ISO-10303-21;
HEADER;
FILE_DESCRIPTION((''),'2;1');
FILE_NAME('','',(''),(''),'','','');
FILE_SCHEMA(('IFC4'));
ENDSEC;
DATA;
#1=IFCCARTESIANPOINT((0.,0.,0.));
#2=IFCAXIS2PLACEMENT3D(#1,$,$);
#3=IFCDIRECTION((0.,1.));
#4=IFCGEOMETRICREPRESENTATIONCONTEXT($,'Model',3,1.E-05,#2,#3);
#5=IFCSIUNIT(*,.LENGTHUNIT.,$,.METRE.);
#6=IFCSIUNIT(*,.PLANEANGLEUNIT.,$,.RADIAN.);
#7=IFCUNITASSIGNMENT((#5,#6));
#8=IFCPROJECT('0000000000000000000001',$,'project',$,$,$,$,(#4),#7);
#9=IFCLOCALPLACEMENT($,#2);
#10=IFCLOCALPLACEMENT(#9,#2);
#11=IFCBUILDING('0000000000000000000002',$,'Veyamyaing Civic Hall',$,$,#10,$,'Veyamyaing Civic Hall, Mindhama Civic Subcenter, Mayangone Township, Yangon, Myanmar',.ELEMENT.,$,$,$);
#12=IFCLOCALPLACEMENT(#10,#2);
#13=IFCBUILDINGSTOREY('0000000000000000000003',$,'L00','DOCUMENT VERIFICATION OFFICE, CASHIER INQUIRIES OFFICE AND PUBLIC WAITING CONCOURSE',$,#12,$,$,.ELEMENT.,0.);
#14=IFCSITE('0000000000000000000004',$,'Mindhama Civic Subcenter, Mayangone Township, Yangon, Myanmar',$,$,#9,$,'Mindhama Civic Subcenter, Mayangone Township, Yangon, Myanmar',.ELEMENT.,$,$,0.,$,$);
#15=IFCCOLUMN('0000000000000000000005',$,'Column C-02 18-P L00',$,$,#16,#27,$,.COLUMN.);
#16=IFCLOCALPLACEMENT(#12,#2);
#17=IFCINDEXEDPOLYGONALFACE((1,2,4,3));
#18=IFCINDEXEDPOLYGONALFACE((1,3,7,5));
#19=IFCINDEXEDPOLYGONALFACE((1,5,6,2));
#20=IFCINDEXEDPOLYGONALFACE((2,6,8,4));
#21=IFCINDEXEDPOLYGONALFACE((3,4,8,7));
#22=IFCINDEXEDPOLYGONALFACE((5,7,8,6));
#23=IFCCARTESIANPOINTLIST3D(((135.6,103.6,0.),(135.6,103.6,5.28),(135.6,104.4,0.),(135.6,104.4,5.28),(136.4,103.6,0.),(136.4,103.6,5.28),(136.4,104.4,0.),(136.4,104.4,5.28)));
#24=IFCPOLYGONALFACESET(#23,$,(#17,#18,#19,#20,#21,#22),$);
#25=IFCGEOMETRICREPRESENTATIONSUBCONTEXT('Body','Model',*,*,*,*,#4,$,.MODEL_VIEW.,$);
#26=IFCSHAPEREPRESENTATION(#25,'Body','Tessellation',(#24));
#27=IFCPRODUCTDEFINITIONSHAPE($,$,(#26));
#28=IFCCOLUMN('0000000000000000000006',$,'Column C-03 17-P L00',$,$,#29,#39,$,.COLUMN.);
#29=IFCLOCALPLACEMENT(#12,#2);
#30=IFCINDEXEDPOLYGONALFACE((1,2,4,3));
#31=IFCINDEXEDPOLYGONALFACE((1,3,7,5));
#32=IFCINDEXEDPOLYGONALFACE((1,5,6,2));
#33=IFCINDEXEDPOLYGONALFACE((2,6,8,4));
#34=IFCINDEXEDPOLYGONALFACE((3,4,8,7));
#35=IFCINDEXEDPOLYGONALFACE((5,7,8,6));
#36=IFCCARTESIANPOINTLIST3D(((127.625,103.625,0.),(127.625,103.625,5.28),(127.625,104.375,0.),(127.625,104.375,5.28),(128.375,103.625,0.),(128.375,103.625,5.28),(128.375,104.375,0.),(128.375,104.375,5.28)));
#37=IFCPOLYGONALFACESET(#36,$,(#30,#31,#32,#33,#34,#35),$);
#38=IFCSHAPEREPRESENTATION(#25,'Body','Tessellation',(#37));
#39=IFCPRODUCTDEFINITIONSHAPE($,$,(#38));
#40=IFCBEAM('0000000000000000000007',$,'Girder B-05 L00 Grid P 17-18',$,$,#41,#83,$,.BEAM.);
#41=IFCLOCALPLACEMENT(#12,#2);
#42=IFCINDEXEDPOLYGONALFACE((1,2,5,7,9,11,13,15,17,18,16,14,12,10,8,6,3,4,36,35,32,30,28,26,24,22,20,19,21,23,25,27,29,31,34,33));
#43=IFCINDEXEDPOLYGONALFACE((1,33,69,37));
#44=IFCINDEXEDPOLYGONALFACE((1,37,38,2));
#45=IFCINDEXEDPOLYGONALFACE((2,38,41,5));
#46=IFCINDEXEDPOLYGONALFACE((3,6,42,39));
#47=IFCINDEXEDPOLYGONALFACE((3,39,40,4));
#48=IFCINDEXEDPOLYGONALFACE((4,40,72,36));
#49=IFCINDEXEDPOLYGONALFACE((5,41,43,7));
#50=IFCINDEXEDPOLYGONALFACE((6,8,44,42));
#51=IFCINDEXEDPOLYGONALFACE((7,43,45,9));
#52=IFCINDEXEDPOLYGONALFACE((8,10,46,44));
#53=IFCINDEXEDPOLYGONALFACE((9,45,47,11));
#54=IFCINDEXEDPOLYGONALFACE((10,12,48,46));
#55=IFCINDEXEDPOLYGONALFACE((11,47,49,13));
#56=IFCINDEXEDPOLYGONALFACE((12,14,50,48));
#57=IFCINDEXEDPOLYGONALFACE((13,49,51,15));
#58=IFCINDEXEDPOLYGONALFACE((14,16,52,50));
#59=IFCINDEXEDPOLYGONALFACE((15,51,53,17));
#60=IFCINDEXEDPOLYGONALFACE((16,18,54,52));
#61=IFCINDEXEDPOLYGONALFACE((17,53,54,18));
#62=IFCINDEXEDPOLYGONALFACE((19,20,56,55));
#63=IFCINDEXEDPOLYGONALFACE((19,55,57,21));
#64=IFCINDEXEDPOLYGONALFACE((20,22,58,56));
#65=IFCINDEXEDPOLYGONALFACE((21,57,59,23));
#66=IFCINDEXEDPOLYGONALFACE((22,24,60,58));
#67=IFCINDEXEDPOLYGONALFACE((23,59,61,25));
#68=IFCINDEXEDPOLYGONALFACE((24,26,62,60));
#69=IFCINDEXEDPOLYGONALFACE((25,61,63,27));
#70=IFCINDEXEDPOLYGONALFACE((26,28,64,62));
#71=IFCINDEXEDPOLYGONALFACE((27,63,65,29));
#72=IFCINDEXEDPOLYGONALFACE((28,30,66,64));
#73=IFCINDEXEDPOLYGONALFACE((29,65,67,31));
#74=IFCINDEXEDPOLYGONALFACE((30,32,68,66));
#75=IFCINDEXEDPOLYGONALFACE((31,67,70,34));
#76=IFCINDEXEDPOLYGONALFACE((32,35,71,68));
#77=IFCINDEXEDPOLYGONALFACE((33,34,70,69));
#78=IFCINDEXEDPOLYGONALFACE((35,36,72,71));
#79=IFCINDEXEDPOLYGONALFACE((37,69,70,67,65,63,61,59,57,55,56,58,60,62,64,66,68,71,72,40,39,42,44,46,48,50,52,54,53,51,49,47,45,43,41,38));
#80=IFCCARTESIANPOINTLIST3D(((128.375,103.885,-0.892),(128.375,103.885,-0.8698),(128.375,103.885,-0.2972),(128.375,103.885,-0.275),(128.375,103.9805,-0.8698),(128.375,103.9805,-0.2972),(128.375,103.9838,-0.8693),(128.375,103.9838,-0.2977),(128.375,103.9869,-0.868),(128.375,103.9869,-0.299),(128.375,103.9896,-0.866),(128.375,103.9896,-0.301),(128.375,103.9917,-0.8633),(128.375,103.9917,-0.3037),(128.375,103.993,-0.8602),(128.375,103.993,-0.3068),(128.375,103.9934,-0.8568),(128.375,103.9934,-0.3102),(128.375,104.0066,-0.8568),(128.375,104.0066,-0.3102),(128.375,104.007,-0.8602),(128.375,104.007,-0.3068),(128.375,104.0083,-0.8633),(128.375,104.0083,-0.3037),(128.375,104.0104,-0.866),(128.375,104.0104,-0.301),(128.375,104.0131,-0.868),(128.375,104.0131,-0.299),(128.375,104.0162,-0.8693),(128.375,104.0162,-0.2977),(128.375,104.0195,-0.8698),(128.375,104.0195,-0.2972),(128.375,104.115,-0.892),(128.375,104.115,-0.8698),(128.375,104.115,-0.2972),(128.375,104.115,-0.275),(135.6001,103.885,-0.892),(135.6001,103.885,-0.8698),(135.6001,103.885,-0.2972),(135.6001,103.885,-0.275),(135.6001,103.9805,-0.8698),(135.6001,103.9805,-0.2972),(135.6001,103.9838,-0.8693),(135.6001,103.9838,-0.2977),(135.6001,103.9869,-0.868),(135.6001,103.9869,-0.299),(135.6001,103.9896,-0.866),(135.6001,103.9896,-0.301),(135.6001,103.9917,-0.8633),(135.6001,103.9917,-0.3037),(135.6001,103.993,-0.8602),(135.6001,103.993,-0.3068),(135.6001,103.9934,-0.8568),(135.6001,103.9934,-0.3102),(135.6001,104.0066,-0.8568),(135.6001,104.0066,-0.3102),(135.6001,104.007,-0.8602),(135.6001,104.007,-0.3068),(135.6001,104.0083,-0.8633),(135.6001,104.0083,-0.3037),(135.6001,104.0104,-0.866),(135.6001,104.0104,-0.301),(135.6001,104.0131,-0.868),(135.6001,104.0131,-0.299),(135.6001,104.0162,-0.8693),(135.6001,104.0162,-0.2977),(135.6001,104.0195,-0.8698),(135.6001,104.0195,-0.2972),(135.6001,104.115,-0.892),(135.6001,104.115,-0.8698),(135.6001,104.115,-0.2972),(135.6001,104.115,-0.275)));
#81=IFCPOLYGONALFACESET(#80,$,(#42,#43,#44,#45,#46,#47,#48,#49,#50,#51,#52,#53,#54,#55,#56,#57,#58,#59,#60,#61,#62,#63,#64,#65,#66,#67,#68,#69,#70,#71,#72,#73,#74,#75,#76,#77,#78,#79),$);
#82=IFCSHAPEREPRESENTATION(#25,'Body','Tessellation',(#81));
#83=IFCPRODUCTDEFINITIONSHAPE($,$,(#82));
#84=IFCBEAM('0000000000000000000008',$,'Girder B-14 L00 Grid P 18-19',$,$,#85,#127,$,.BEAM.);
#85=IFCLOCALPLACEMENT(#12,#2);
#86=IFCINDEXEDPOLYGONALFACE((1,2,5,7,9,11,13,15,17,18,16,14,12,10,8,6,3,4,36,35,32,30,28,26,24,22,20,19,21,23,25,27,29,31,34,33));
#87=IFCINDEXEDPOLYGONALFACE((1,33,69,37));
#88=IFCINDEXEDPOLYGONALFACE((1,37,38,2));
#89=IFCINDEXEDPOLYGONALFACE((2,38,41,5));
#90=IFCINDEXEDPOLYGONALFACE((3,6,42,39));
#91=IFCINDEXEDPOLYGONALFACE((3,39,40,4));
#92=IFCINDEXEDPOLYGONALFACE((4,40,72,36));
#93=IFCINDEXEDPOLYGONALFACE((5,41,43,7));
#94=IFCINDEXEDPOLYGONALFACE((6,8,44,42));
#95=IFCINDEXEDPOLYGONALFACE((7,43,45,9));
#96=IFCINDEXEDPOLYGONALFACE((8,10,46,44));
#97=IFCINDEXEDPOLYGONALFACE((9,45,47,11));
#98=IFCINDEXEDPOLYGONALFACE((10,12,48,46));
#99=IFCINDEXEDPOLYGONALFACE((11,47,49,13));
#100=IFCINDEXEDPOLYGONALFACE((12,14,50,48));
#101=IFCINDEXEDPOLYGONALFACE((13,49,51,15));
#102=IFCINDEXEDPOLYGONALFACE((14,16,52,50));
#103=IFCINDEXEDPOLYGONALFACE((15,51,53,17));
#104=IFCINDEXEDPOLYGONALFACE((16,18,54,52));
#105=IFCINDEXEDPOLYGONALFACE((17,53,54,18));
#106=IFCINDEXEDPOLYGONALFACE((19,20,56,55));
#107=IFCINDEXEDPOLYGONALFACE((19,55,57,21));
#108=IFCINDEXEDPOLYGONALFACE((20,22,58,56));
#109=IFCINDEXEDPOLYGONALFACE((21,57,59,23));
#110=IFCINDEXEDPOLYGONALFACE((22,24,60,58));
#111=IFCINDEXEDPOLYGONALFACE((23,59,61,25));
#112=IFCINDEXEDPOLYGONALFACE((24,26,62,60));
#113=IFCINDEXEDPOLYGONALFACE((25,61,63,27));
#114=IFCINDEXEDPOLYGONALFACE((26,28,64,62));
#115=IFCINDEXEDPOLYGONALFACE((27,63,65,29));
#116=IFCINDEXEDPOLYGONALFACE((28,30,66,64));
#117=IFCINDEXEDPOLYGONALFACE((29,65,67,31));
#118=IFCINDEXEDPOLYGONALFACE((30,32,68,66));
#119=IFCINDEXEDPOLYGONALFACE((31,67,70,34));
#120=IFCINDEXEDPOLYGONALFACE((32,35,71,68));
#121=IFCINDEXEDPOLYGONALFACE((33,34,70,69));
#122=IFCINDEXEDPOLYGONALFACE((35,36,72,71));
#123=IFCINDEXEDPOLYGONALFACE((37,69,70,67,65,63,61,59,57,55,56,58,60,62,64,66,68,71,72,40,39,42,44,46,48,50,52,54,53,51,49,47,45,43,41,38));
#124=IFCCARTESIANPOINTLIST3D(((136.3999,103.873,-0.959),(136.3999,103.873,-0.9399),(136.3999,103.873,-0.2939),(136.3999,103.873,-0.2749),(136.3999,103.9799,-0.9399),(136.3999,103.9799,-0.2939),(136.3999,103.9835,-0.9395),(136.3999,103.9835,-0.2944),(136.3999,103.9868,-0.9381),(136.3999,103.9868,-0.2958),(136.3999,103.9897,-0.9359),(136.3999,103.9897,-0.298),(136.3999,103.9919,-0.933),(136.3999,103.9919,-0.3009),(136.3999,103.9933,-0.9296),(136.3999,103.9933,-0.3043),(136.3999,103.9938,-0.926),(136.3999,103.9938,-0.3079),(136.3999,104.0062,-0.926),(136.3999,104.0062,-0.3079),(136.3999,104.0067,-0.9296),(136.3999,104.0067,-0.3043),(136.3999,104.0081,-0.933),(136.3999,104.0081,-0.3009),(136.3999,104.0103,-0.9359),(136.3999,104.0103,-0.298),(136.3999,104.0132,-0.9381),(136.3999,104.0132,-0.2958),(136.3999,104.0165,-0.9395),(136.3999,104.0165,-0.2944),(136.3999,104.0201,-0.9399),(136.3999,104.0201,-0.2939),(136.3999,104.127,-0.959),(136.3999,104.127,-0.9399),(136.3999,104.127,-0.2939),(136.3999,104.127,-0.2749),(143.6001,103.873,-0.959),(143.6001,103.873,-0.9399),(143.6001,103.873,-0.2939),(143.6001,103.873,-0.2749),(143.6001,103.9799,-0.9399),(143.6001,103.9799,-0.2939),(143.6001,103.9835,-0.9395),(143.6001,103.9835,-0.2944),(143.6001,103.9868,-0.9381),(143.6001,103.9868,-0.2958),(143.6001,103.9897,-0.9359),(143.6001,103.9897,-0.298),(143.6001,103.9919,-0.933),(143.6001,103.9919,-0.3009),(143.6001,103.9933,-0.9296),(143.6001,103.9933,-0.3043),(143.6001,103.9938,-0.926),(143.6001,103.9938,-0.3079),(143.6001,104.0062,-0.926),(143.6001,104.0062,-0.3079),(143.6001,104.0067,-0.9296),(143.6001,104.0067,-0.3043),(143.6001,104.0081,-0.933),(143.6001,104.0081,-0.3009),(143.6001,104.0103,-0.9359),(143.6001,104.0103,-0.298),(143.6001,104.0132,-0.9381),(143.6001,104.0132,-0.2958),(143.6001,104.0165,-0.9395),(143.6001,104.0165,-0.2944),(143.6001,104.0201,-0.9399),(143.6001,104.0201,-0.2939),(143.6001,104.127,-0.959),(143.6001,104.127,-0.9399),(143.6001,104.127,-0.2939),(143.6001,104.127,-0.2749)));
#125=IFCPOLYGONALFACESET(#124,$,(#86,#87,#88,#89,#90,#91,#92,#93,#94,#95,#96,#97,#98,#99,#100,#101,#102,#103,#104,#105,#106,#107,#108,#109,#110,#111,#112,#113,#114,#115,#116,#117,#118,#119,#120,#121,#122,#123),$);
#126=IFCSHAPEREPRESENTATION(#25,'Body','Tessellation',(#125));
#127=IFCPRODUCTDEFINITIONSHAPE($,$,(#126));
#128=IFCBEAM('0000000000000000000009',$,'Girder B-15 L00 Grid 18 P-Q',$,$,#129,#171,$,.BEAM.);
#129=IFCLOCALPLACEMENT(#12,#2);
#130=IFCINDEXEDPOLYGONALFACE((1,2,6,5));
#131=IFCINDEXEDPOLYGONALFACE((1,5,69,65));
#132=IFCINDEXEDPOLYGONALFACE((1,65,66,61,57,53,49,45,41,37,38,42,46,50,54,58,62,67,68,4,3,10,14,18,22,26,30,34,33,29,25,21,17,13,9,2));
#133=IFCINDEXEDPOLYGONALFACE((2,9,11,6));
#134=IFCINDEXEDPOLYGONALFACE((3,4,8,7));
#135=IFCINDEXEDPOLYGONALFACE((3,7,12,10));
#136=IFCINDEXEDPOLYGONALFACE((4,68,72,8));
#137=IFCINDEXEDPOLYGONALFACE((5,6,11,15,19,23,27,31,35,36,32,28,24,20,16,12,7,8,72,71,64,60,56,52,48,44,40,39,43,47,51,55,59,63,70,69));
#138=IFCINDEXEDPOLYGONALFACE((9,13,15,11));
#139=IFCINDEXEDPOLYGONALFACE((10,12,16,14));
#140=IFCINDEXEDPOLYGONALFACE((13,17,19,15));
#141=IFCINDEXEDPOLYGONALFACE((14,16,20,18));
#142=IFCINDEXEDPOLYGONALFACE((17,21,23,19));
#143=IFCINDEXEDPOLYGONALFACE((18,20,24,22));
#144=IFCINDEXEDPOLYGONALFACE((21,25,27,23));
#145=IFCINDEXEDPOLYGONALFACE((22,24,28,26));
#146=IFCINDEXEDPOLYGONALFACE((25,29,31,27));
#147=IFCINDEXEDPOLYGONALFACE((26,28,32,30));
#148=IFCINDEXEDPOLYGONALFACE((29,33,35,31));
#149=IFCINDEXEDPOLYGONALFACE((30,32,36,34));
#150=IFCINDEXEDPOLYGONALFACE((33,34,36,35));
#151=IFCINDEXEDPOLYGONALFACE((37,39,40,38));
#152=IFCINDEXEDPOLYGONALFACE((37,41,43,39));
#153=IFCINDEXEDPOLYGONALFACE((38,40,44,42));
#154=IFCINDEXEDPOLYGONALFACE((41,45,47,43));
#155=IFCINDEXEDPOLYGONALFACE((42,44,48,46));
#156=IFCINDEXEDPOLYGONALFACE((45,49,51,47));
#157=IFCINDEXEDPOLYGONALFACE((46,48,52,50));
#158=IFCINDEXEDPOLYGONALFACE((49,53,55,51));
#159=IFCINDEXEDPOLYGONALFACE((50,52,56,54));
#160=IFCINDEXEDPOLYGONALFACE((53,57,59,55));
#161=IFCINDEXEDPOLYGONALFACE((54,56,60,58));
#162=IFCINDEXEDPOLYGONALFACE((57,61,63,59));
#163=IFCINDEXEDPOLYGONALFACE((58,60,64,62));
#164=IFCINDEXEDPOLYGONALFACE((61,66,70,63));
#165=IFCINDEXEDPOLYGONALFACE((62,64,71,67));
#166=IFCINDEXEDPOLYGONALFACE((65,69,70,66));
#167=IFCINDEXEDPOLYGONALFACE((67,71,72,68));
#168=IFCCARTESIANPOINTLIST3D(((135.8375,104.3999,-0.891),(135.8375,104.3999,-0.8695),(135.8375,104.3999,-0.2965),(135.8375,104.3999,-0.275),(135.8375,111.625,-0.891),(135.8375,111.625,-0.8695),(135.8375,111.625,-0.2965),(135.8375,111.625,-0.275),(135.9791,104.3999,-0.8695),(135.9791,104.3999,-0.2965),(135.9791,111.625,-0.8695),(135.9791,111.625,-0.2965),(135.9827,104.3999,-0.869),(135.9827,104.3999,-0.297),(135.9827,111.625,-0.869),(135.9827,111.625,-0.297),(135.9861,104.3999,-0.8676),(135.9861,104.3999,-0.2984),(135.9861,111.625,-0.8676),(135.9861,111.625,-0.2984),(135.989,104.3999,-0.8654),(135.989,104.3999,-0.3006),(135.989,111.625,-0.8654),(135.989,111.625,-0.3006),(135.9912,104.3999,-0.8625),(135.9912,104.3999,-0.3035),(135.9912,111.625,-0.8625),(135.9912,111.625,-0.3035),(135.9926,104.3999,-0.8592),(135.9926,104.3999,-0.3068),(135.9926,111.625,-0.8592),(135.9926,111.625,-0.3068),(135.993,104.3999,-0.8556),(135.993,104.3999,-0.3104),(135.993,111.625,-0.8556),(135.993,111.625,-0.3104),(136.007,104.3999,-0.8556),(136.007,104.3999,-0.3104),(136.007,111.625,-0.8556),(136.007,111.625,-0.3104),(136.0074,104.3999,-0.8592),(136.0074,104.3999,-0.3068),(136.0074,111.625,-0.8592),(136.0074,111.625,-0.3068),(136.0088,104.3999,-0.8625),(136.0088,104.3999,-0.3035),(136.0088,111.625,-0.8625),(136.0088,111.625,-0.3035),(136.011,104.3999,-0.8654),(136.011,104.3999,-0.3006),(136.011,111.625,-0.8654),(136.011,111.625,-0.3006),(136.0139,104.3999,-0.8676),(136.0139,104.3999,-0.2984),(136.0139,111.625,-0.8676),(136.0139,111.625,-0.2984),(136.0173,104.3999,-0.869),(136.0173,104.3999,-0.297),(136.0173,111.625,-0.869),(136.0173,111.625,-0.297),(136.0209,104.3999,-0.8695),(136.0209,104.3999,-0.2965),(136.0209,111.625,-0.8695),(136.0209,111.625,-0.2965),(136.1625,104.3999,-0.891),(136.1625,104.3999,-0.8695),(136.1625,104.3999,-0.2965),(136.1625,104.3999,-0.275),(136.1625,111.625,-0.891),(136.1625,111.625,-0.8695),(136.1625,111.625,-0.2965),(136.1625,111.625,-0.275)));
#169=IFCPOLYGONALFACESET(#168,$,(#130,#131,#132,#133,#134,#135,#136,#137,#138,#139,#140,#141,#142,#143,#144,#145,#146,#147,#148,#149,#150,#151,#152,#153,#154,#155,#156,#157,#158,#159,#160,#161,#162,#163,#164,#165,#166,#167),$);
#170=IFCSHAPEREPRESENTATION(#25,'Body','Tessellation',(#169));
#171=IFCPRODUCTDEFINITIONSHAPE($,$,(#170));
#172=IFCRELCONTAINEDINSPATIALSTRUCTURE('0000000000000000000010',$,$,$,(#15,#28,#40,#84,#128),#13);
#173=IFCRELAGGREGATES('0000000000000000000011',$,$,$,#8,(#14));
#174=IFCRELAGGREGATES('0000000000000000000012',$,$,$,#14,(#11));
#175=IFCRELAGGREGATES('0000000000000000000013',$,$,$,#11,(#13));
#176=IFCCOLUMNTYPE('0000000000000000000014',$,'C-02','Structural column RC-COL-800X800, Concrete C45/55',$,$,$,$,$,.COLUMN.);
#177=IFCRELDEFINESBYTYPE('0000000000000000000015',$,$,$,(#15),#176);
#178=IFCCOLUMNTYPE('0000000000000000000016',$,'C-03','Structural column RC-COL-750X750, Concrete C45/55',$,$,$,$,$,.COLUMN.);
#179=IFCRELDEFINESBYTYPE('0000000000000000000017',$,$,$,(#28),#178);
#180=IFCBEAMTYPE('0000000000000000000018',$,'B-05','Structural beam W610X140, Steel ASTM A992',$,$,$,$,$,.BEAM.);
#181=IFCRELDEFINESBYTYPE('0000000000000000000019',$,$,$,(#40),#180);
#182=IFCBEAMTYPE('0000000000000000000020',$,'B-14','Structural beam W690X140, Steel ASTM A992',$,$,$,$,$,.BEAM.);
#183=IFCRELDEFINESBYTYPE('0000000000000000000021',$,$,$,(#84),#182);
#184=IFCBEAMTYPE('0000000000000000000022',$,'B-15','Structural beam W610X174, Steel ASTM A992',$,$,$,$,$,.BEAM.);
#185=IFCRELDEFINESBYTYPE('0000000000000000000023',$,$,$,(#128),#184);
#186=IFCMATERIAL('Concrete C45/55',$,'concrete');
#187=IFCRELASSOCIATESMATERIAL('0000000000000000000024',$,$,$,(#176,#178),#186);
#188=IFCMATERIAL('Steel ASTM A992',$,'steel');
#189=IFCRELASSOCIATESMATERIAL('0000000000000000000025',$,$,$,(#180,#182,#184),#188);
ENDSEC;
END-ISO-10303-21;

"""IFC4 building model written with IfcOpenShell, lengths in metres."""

from ifc_helpers import new_model, si_unit, direction, frame, origin, origin_2d, place, context, subcontext, project, spatial, rectangle, i_section, extrude, material, material_profile, profile_set, type_object, element, save


model = new_model("IFC4")

# Units and contexts
model_context = context("Model", 3, precision=1e-05, world=origin(), true_north=direction((0.0, 1.0)))
body_context = subcontext(model_context, "Body", "Model", "MODEL_VIEW")
ifc_project = project(units=[si_unit("LENGTHUNIT", "METRE"), si_unit("PLANEANGLEUNIT", "RADIAN")], contexts=[model_context])

# Site, building, storey
site_placement = place(None, origin())
site = spatial("IfcSite", under=ifc_project, at=site_placement, Name="Mindhama Civic Subcenter, Mayangone Township, Yangon, Myanmar", LongName="Mindhama Civic Subcenter, Mayangone Township, Yangon, Myanmar", CompositionType="ELEMENT", RefElevation=0.0)
building_placement = place(site_placement, origin())
building = spatial("IfcBuilding", under=site, at=building_placement, Name="Veyamyaing Civic Hall", LongName="Veyamyaing Civic Hall, Mindhama Civic Subcenter, Mayangone Township, Yangon, Myanmar", CompositionType="ELEMENT")
storey_placement = place(building_placement, origin())
storey = spatial("IfcBuildingStorey", under=building, at=storey_placement, Name="L00", Description="DOCUMENT VERIFICATION OFFICE, CASHIER INQUIRIES OFFICE AND PUBLIC WAITING CONCOURSE", CompositionType="ELEMENT", Elevation=0.0)

# Columns
ifc_material_1 = material(Name="Concrete C45/55", Category="concrete")
ifc_material_profile_1 = material_profile(ifc_material_1, rectangle(XDim=0.8, YDim=0.8, at=origin_2d()), Name="RC-COL-800X800")
ifc_profile_set_1 = profile_set([ifc_material_profile_1], Name="Concrete C45/55")
column_type_1 = type_object("IfcColumnType", Name="C-02", Description="Structural column RC-COL-800X800, Concrete C45/55", PredefinedType="COLUMN", material=ifc_profile_set_1)
column_1_placement = place(storey_placement, frame((136.0, 104.0, 0.0), z_axis=(0.0, 0.0, 1.0), x_axis=(1.0, 0.0, 0.0)))
element("IfcColumn", 1, at=column_1_placement, inside=storey, type_object=column_type_1, Name="Column C-02 18-P L00", PredefinedType="COLUMN", context=body_context, shape_type="SweptSolid", body=[
    extrude(rectangle(XDim=0.8, YDim=0.8, at=origin_2d()), origin(), (0.0, 0.0, 1.0), 5.28),
])
ifc_material_profile_2 = material_profile(ifc_material_1, rectangle(XDim=0.75, YDim=0.75, at=origin_2d()), Name="RC-COL-750X750")
ifc_profile_set_2 = profile_set([ifc_material_profile_2], Name="Concrete C45/55")
column_type_2 = type_object("IfcColumnType", Name="C-03", Description="Structural column RC-COL-750X750, Concrete C45/55", PredefinedType="COLUMN", material=ifc_profile_set_2)
column_2_placement = place(storey_placement, frame((128.0, 104.0, 0.0), z_axis=(0.0, 0.0, 1.0), x_axis=(1.0, 0.0, 0.0)))
element("IfcColumn", 2, at=column_2_placement, inside=storey, type_object=column_type_2, Name="Column C-03 17-P L00", PredefinedType="COLUMN", context=body_context, shape_type="SweptSolid", body=[
    extrude(rectangle(XDim=0.75, YDim=0.75, at=origin_2d()), origin(), (0.0, 0.0, 1.0), 5.28),
])

# Beams
ifc_material_2 = material(Name="Steel ASTM A992", Category="steel")
ifc_material_profile_3 = material_profile(ifc_material_2, i_section(OverallWidth=0.23, OverallDepth=0.6169, WebThickness=0.0132, FlangeThickness=0.0222, FilletRadius=0.0129, at=origin_2d()), Name="W610X140")
ifc_profile_set_3 = profile_set([ifc_material_profile_3], Name="Steel ASTM A992")
beam_type_1 = type_object("IfcBeamType", Name="B-05", Description="Structural beam W610X140, Steel ASTM A992", PredefinedType="BEAM", material=ifc_profile_set_3)
beam_1_placement = place(storey_placement, frame((128.375, 104.0, -0.5835), z_axis=(1.0, 0.0, 0.0), x_axis=(0.0, 1.0, 0.0)))
element("IfcBeam", 3, at=beam_1_placement, inside=storey, type_object=beam_type_1, Name="Girder B-05 L00 Grid P 17-18", PredefinedType="BEAM", context=body_context, shape_type="SweptSolid", body=[
    extrude(i_section(OverallWidth=0.23, OverallDepth=0.6169, WebThickness=0.0132, FlangeThickness=0.0222, FilletRadius=0.0129, at=origin_2d()), origin(), (0.0, 0.0, 1.0), 7.2251),
])
ifc_material_profile_4 = material_profile(ifc_material_2, i_section(OverallWidth=0.2539, OverallDepth=0.6841, WebThickness=0.0125, FlangeThickness=0.019, FilletRadius=0.0139, at=origin_2d()), Name="W690X140")
ifc_profile_set_4 = profile_set([ifc_material_profile_4], Name="Steel ASTM A992")
beam_type_2 = type_object("IfcBeamType", Name="B-14", Description="Structural beam W690X140, Steel ASTM A992", PredefinedType="BEAM", material=ifc_profile_set_4)
beam_2_placement = place(storey_placement, frame((136.3999, 104.0, -0.6169), z_axis=(1.0, 0.0, 0.0), x_axis=(0.0, 1.0, 0.0)))
element("IfcBeam", 4, at=beam_2_placement, inside=storey, type_object=beam_type_2, Name="Girder B-14 L00 Grid P 18-19", PredefinedType="BEAM", context=body_context, shape_type="SweptSolid", body=[
    extrude(i_section(OverallWidth=0.2539, OverallDepth=0.6841, WebThickness=0.0125, FlangeThickness=0.019, FilletRadius=0.0139, at=origin_2d()), origin(), (0.0, 0.0, 1.0), 7.2002),
])
ifc_material_profile_5 = material_profile(ifc_material_2, i_section(OverallWidth=0.325, OverallDepth=0.616, WebThickness=0.0139, FlangeThickness=0.0215, FilletRadius=0.0139, at=origin_2d()), Name="W610X174")
ifc_profile_set_5 = profile_set([ifc_material_profile_5], Name="Steel ASTM A992")
beam_type_3 = type_object("IfcBeamType", Name="B-15", Description="Structural beam W610X174, Steel ASTM A992", PredefinedType="BEAM", material=ifc_profile_set_5)
beam_3_placement = place(storey_placement, frame((136.0, 104.3999, -0.583), z_axis=(0.0, 1.0, 0.0), x_axis=(-1.0, 0.0, 0.0)))
element("IfcBeam", 5, at=beam_3_placement, inside=storey, type_object=beam_type_3, Name="Girder B-15 L00 Grid 18 P-Q", PredefinedType="BEAM", context=body_context, shape_type="SweptSolid", body=[
    extrude(i_section(OverallWidth=0.325, OverallDepth=0.616, WebThickness=0.0139, FlangeThickness=0.0215, FilletRadius=0.0139, at=origin_2d()), origin(), (0.0, 0.0, 1.0), 7.2251),
])

save(model, "model.ifc")
